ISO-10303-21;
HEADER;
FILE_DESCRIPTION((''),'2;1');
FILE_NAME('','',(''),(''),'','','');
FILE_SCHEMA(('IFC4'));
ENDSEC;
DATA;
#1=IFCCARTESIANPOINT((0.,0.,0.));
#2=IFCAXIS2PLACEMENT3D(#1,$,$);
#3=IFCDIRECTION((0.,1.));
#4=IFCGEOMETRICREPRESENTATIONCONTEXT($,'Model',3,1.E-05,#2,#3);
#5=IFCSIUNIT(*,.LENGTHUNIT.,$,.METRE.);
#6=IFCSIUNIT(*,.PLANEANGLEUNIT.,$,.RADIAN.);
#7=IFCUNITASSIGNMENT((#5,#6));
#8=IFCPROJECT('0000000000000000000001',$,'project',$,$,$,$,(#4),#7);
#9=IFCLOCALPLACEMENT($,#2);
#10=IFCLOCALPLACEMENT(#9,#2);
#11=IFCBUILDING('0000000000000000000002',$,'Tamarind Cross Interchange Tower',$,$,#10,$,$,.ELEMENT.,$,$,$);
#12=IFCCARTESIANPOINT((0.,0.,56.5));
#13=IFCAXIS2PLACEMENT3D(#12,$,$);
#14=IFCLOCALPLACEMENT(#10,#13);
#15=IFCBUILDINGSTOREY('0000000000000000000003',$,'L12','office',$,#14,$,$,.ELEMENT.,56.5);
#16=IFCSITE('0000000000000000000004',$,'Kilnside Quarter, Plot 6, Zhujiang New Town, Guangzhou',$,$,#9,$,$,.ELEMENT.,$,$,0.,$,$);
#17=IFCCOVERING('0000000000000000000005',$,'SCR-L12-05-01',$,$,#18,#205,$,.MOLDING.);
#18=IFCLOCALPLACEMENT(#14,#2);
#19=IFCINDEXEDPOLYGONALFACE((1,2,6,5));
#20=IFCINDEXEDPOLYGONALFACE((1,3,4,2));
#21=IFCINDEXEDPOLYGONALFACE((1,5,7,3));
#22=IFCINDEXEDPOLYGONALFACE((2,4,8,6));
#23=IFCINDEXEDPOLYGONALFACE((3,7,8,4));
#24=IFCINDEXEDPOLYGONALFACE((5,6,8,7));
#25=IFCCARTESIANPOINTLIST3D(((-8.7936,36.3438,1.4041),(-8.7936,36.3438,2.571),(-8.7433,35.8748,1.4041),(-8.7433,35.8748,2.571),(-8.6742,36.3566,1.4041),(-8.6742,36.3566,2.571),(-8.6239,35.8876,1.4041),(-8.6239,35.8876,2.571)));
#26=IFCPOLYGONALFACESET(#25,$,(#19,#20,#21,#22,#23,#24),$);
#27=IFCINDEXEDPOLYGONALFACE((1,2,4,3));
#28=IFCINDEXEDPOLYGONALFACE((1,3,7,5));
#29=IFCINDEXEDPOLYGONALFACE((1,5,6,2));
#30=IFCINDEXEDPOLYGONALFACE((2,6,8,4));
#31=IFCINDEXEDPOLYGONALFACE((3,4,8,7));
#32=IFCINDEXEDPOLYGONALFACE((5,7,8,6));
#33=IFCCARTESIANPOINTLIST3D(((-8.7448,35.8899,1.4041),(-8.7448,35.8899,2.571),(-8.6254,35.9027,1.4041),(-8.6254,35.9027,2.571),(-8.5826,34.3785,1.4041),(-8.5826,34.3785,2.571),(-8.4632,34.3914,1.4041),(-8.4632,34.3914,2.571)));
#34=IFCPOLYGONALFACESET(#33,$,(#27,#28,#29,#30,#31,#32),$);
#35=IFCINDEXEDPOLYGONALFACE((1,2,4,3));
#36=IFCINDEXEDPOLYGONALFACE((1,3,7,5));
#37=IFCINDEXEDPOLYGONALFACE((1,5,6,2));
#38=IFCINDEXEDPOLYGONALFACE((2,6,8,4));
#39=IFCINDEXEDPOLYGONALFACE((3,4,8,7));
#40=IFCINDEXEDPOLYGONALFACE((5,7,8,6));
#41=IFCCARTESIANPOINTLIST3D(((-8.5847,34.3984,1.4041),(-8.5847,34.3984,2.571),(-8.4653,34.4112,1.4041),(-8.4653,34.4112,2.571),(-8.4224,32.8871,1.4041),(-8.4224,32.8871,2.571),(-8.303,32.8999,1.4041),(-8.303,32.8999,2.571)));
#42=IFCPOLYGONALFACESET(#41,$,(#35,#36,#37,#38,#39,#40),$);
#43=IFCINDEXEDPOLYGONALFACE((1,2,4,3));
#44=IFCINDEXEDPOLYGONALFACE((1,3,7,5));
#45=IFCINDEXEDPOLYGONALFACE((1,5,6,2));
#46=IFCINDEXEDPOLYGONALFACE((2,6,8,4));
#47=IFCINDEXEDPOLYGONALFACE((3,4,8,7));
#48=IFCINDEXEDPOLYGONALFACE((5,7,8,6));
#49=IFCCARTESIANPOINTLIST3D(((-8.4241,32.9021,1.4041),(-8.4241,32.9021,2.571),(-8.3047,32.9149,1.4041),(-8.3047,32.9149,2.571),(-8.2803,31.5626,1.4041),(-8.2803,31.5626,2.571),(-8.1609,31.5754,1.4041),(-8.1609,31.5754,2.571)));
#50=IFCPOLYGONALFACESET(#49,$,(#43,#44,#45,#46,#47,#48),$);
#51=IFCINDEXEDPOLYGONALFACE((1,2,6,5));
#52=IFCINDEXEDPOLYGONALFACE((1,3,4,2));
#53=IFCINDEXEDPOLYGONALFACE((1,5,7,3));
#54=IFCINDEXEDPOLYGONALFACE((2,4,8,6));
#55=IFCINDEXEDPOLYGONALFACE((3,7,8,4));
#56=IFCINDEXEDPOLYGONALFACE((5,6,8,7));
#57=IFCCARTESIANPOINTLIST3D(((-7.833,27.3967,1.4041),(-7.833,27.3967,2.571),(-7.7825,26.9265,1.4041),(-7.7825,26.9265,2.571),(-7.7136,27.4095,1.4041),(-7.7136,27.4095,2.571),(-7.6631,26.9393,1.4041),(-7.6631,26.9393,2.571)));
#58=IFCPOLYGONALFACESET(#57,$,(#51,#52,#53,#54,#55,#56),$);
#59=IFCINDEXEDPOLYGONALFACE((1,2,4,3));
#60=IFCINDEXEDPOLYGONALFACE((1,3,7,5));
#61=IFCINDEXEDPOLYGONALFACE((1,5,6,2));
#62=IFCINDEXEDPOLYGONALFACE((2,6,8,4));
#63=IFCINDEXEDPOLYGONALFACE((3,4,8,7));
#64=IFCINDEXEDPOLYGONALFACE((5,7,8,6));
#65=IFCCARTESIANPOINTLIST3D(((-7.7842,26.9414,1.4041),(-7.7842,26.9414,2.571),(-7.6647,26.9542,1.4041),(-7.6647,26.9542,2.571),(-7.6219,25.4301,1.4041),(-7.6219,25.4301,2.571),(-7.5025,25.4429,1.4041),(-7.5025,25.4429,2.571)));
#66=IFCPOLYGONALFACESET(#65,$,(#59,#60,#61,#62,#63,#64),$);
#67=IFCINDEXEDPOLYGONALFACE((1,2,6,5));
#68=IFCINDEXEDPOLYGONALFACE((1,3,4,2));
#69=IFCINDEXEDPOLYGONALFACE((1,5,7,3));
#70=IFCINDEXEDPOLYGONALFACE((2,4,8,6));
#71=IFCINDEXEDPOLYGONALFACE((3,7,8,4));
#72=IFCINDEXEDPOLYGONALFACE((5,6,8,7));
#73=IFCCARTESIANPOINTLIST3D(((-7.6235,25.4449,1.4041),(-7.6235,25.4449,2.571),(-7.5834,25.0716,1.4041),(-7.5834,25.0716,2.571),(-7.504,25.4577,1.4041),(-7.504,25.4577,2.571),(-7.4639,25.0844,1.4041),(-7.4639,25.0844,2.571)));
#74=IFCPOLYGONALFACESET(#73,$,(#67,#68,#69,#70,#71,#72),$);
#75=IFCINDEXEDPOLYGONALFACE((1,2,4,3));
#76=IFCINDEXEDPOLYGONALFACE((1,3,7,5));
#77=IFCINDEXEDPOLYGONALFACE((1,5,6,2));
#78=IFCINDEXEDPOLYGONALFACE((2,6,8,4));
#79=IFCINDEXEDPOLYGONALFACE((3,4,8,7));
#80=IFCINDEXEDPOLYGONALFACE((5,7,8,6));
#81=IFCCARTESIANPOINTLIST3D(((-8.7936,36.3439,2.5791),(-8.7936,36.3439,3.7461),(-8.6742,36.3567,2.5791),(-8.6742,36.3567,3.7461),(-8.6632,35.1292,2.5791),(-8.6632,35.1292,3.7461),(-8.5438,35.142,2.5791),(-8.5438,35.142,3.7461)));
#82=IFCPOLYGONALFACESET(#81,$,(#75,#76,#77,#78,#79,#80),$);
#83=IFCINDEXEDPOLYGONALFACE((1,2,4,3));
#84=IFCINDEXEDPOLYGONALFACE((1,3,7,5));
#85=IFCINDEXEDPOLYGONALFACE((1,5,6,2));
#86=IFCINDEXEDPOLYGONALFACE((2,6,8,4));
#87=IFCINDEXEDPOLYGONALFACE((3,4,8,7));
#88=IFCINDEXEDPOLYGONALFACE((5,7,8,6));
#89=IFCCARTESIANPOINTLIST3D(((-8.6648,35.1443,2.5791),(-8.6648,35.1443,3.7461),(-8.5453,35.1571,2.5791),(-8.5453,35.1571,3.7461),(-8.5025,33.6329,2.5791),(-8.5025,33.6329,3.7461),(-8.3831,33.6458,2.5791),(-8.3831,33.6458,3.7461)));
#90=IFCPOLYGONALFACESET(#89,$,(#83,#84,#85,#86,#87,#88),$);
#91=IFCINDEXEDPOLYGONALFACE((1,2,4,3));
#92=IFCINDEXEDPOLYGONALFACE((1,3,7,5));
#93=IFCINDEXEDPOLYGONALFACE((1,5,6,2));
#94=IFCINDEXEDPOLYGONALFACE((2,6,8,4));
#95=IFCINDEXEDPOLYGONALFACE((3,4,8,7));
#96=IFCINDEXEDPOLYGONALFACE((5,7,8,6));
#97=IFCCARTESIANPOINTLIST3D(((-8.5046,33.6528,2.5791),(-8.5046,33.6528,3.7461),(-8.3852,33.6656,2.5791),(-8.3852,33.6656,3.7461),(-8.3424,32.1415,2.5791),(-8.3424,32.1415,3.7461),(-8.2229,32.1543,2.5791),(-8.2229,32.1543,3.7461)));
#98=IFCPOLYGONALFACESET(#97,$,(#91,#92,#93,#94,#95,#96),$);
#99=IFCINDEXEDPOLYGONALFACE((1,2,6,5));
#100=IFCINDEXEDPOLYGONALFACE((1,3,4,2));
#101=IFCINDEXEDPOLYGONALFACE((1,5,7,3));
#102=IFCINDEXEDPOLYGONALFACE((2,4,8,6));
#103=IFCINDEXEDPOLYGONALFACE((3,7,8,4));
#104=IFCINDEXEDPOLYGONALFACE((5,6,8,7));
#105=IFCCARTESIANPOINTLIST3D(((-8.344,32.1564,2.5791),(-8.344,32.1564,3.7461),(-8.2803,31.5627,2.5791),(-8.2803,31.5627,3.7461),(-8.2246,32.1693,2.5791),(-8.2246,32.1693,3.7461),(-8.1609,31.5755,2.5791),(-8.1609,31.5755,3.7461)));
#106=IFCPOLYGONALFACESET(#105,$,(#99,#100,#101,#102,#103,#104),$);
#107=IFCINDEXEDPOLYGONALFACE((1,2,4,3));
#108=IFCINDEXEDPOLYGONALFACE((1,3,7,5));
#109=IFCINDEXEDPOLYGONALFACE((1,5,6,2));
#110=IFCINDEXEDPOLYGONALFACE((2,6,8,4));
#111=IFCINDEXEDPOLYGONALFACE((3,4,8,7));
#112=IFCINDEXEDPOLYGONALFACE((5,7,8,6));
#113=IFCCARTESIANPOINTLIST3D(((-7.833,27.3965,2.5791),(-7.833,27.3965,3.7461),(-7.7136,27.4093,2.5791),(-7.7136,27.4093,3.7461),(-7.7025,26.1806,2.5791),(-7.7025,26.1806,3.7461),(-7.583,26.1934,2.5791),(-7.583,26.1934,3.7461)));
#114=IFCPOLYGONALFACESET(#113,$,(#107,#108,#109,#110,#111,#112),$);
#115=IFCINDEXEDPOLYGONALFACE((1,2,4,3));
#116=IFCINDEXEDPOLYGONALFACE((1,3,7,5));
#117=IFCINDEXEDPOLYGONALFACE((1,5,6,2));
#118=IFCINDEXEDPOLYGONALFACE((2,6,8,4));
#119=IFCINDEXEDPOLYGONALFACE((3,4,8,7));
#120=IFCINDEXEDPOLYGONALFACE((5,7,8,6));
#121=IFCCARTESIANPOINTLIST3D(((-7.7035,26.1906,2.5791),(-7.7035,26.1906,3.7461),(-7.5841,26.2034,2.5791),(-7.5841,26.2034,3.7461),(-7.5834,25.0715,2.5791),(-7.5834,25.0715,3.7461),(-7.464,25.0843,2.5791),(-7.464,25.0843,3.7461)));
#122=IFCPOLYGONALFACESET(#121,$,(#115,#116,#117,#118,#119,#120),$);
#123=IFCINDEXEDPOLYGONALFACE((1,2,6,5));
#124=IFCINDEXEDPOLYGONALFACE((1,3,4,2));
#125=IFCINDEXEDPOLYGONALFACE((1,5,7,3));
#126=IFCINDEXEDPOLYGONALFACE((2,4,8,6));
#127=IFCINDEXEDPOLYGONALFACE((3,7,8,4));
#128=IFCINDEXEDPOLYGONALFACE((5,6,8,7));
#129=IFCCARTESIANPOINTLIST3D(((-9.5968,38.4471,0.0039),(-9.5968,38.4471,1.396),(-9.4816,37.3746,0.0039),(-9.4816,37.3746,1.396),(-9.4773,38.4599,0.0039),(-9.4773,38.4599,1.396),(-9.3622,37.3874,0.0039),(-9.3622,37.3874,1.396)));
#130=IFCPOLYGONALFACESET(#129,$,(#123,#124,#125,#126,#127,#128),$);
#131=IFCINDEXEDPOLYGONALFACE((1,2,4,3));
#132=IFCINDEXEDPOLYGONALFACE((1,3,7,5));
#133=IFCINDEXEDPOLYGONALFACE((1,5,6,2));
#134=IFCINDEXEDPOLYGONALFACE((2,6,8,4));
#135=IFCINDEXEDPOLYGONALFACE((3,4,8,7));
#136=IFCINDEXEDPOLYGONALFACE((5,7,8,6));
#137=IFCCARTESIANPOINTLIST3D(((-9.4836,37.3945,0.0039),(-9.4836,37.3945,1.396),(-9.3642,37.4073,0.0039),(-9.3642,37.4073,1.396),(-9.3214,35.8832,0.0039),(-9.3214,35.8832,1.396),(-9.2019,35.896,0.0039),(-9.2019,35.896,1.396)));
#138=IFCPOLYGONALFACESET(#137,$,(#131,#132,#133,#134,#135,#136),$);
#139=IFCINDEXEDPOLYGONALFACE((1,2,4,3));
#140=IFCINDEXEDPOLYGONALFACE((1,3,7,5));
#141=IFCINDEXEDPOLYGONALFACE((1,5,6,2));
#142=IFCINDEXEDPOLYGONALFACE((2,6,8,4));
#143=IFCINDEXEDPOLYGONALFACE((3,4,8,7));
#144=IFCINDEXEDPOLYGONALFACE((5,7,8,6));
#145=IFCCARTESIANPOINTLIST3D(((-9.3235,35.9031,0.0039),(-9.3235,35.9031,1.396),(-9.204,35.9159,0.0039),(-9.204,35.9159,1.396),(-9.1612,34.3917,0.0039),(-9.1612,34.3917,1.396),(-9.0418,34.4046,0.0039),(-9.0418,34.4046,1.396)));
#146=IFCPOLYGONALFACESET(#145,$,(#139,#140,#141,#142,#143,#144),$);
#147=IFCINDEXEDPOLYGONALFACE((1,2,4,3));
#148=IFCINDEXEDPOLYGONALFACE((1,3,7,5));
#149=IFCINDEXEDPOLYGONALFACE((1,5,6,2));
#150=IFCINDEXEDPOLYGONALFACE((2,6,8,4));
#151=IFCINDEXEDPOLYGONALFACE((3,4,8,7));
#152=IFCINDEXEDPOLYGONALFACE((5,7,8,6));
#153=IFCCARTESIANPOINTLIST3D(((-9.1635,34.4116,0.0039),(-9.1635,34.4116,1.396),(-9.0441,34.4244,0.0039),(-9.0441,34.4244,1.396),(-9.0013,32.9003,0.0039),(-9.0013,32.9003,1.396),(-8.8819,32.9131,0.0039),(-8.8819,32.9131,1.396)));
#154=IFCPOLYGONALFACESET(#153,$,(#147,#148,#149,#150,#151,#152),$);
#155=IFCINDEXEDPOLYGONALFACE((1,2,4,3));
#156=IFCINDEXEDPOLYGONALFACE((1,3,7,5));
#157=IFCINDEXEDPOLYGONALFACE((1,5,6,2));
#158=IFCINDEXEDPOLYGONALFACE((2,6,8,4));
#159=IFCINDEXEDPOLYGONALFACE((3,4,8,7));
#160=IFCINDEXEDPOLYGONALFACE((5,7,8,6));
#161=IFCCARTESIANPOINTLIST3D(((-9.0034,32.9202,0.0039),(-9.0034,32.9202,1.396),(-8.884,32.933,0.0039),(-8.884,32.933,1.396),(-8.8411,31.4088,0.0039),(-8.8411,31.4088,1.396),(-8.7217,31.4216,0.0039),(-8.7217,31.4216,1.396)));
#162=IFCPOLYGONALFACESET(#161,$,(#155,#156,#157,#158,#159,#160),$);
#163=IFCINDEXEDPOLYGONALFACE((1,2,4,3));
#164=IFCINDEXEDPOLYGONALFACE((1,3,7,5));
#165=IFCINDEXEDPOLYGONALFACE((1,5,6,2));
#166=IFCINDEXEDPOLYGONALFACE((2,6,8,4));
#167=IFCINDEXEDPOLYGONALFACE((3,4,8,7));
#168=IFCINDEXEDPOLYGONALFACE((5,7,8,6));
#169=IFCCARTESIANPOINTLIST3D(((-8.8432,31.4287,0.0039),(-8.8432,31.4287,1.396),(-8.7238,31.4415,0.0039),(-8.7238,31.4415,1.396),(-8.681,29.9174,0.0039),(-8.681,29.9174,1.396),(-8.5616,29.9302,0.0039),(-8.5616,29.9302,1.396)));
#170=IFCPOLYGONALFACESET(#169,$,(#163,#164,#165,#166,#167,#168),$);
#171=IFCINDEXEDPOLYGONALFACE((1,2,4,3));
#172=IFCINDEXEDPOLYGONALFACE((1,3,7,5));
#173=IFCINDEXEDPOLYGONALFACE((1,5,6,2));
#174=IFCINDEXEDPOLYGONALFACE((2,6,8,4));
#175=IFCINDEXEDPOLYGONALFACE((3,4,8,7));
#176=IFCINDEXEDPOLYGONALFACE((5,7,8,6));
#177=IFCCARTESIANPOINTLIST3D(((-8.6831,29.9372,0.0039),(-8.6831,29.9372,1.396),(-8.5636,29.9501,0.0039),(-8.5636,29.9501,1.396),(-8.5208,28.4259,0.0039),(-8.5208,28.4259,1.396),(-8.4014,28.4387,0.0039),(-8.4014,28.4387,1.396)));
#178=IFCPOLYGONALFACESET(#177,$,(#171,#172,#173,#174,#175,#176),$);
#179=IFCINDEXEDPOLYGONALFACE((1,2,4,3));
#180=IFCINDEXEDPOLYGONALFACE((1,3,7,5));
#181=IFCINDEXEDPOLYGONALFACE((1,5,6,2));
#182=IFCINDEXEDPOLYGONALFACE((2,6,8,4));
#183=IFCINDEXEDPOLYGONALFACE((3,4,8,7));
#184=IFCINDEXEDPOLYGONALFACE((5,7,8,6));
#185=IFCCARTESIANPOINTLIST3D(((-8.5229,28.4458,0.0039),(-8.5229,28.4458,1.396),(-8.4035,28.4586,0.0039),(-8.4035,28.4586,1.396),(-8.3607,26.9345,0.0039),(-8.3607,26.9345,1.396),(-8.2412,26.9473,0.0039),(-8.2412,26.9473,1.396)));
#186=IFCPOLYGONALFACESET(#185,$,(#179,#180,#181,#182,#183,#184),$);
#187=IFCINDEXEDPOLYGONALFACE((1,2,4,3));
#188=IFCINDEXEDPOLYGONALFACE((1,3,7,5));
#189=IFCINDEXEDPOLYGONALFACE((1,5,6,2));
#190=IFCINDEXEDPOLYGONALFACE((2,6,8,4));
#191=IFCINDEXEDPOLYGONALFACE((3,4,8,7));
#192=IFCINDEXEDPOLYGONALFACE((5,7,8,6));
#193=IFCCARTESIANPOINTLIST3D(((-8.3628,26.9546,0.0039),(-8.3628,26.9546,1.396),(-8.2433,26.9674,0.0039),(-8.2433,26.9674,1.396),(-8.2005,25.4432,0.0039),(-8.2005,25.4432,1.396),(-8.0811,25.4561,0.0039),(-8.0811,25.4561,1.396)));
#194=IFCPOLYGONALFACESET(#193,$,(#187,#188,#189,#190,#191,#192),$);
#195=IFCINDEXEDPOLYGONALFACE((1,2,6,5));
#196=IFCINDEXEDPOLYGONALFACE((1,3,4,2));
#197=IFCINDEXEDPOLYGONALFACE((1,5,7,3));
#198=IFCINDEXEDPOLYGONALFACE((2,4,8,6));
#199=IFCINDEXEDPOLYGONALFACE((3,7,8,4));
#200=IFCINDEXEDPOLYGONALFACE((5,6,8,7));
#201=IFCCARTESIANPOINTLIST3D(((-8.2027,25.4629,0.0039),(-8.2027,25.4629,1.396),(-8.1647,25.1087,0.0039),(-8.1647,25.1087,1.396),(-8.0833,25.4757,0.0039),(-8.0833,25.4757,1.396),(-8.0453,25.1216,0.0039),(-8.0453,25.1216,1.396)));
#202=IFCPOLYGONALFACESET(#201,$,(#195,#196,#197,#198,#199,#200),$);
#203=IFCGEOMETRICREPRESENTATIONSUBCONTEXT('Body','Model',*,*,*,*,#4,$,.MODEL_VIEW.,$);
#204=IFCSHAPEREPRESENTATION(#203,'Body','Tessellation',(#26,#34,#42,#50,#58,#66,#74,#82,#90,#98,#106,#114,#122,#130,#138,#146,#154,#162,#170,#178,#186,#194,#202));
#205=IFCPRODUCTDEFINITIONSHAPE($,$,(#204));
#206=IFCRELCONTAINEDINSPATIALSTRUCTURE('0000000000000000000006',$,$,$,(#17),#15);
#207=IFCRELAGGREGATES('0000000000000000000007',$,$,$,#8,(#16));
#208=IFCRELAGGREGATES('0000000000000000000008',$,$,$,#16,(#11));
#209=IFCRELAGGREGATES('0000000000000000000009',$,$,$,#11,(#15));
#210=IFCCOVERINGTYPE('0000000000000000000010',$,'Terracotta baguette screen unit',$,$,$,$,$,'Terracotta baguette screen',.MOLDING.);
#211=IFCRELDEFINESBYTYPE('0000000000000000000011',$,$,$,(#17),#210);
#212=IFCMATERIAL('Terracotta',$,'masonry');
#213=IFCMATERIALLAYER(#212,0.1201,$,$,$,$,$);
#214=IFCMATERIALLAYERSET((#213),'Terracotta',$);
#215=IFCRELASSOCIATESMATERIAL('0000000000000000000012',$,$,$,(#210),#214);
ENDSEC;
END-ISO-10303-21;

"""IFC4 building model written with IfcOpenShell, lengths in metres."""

from ifc_helpers import new_model, si_unit, direction, frame, origin, origin_2d, place, context, subcontext, project, spatial, rectangle, extrude, material, layer, layer_set, type_object, element, save


model = new_model("IFC4")

# Units and contexts
model_context = context("Model", 3, precision=1e-05, world=origin(), true_north=direction((0.0, 1.0)))
body_context = subcontext(model_context, "Body", "Model", "MODEL_VIEW")
ifc_project = project(units=[si_unit("LENGTHUNIT", "METRE"), si_unit("PLANEANGLEUNIT", "RADIAN")], contexts=[model_context])

# Site, building, storey
site_placement = place(None, origin())
site = spatial("IfcSite", under=ifc_project, at=site_placement, Name="Kilnside Quarter, Plot 6, Zhujiang New Town, Guangzhou", CompositionType="ELEMENT", RefElevation=0.0)
building_placement = place(site_placement, origin())
building = spatial("IfcBuilding", under=site, at=building_placement, Name="Tamarind Cross Interchange Tower", CompositionType="ELEMENT")
storey_placement = place(building_placement, frame((0.0, 0.0, 56.5)))
storey = spatial("IfcBuildingStorey", under=building, at=storey_placement, Name="L12", Description="office", CompositionType="ELEMENT", Elevation=56.5)

# Covering
ifc_material_1 = material(Name="Terracotta", Category="masonry")
ifc_layer_1 = layer(ifc_material_1, 0.1201)
ifc_layer_set_1 = layer_set([ifc_layer_1], Name="Terracotta")
covering_type = type_object("IfcCoveringType", Name="Terracotta baguette screen unit", ElementType="Terracotta baguette screen", PredefinedType="MOLDING", material=ifc_layer_set_1)
covering_1_placement = place(storey_placement, origin())
element("IfcCovering", 1, at=covering_1_placement, inside=storey, type_object=covering_type, Name="SCR-L12-05-01", PredefinedType="MOLDING", context=body_context, shape_type="SweptSolid", body=[
    extrude(rectangle(XDim=0.4717, YDim=0.1201, at=origin_2d()), frame((-8.7087, 36.1157, 1.4041), z_axis=(0.0, 0.0, 1.0), x_axis=(0.106744, -0.994287, 0.0)), (0.0, 0.0, 1.0), 1.167),
    extrude(rectangle(XDim=1.52, YDim=0.1201, at=origin_2d()), frame((-8.604, 35.1406, 1.4041), z_axis=(0.0, 0.0, 1.0), x_axis=(0.106744, -0.994287, 0.0)), (0.0, 0.0, 1.0), 1.167),
    extrude(rectangle(XDim=1.52, YDim=0.1201, at=origin_2d()), frame((-8.4438, 33.6492, 1.4041), z_axis=(0.0, 0.0, 1.0), x_axis=(0.106744, -0.994287, 0.0)), (0.0, 0.0, 1.0), 1.167),
    extrude(rectangle(XDim=1.3472, YDim=0.1201, at=origin_2d()), frame((-8.2925, 32.2388, 1.4041), z_axis=(0.0, 0.0, 1.0), x_axis=(0.106744, -0.994287, 0.0)), (0.0, 0.0, 1.0), 1.167),
    extrude(rectangle(XDim=0.4729, YDim=0.1201, at=origin_2d()), frame((-7.748, 27.168, 1.4041), z_axis=(0.0, 0.0, 1.0), x_axis=(0.106744, -0.994287, 0.0)), (0.0, 0.0, 1.0), 1.167),
    extrude(rectangle(XDim=1.52, YDim=0.1201, at=origin_2d()), frame((-7.6433, 26.1921, 1.4041), z_axis=(0.0, 0.0, 1.0), x_axis=(0.106744, -0.994287, 0.0)), (0.0, 0.0, 1.0), 1.167),
    extrude(rectangle(XDim=0.3755, YDim=0.1201, at=origin_2d()), frame((-7.5437, 25.2646, 1.4041), z_axis=(0.0, 0.0, 1.0), x_axis=(0.106744, -0.994287, 0.0)), (0.0, 0.0, 1.0), 1.167),
    extrude(rectangle(XDim=1.2217, YDim=0.1201, at=origin_2d()), frame((-8.6687, 35.7429, 2.5791), z_axis=(0.0, 0.0, 1.0), x_axis=(0.106744, -0.994287, 0.0)), (0.0, 0.0, 1.0), 1.167),
    extrude(rectangle(XDim=1.52, YDim=0.1201, at=origin_2d()), frame((-8.5239, 34.395, 2.5791), z_axis=(0.0, 0.0, 1.0), x_axis=(0.106744, -0.994287, 0.0)), (0.0, 0.0, 1.0), 1.167),
    extrude(rectangle(XDim=1.52, YDim=0.1201, at=origin_2d()), frame((-8.3638, 32.9036, 2.5791), z_axis=(0.0, 0.0, 1.0), x_axis=(0.106744, -0.994287, 0.0)), (0.0, 0.0, 1.0), 1.167),
    extrude(rectangle(XDim=0.5972, YDim=0.1201, at=origin_2d()), frame((-8.2524, 31.866, 2.5791), z_axis=(0.0, 0.0, 1.0), x_axis=(0.106744, -0.994287, 0.0)), (0.0, 0.0, 1.0), 1.167),
    extrude(rectangle(XDim=1.2229, YDim=0.1201, at=origin_2d()), frame((-7.708, 26.7949, 2.5791), z_axis=(0.0, 0.0, 1.0), x_axis=(0.106744, -0.994287, 0.0)), (0.0, 0.0, 1.0), 1.167),
    extrude(rectangle(XDim=1.1255, YDim=0.1201, at=origin_2d()), frame((-7.5837, 25.6375, 2.5791), z_axis=(0.0, 0.0, 1.0), x_axis=(0.106744, -0.994287, 0.0)), (0.0, 0.0, 1.0), 1.167),
    extrude(rectangle(XDim=1.0786, YDim=0.1201, at=origin_2d()), frame((-9.4795, 37.9172, 0.0039), z_axis=(0.0, 0.0, 1.0), x_axis=(0.106744, -0.994287, 0.0)), (0.0, 0.0, 1.0), 1.3921),
    extrude(rectangle(XDim=1.52, YDim=0.1201, at=origin_2d()), frame((-9.3428, 36.6453, 0.0039), z_axis=(0.0, 0.0, 1.0), x_axis=(0.106744, -0.994287, 0.0)), (0.0, 0.0, 1.0), 1.3921),
    extrude(rectangle(XDim=1.52, YDim=0.1201, at=origin_2d()), frame((-9.1826, 35.1538, 0.0039), z_axis=(0.0, 0.0, 1.0), x_axis=(0.106744, -0.994287, 0.0)), (0.0, 0.0, 1.0), 1.3921),
    extrude(rectangle(XDim=1.52, YDim=0.1201, at=origin_2d()), frame((-9.0227, 33.6624, 0.0039), z_axis=(0.0, 0.0, 1.0), x_axis=(0.106744, -0.994287, 0.0)), (0.0, 0.0, 1.0), 1.3921),
    extrude(rectangle(XDim=1.52, YDim=0.1201, at=origin_2d()), frame((-8.8625, 32.1709, 0.0039), z_axis=(0.0, 0.0, 1.0), x_axis=(0.106744, -0.994287, 0.0)), (0.0, 0.0, 1.0), 1.3921),
    extrude(rectangle(XDim=1.52, YDim=0.1201, at=origin_2d()), frame((-8.7024, 30.6794, 0.0039), z_axis=(0.0, 0.0, 1.0), x_axis=(0.106744, -0.994287, 0.0)), (0.0, 0.0, 1.0), 1.3921),
    extrude(rectangle(XDim=1.52, YDim=0.1201, at=origin_2d()), frame((-8.5422, 29.188, 0.0039), z_axis=(0.0, 0.0, 1.0), x_axis=(0.106744, -0.994287, 0.0)), (0.0, 0.0, 1.0), 1.3921),
    extrude(rectangle(XDim=1.52, YDim=0.1201, at=origin_2d()), frame((-8.3821, 27.6965, 0.0039), z_axis=(0.0, 0.0, 1.0), x_axis=(0.106744, -0.994287, 0.0)), (0.0, 0.0, 1.0), 1.3921),
    extrude(rectangle(XDim=1.52, YDim=0.1201, at=origin_2d()), frame((-8.2219, 26.2053, 0.0039), z_axis=(0.0, 0.0, 1.0), x_axis=(0.106744, -0.994287, 0.0)), (0.0, 0.0, 1.0), 1.3921),
    extrude(rectangle(XDim=0.3562, YDim=0.1201, at=origin_2d()), frame((-8.124, 25.2922, 0.0039), z_axis=(0.0, 0.0, 1.0), x_axis=(0.106744, -0.994287, 0.0)), (0.0, 0.0, 1.0), 1.3921),
])

save(model, "model.ifc")
